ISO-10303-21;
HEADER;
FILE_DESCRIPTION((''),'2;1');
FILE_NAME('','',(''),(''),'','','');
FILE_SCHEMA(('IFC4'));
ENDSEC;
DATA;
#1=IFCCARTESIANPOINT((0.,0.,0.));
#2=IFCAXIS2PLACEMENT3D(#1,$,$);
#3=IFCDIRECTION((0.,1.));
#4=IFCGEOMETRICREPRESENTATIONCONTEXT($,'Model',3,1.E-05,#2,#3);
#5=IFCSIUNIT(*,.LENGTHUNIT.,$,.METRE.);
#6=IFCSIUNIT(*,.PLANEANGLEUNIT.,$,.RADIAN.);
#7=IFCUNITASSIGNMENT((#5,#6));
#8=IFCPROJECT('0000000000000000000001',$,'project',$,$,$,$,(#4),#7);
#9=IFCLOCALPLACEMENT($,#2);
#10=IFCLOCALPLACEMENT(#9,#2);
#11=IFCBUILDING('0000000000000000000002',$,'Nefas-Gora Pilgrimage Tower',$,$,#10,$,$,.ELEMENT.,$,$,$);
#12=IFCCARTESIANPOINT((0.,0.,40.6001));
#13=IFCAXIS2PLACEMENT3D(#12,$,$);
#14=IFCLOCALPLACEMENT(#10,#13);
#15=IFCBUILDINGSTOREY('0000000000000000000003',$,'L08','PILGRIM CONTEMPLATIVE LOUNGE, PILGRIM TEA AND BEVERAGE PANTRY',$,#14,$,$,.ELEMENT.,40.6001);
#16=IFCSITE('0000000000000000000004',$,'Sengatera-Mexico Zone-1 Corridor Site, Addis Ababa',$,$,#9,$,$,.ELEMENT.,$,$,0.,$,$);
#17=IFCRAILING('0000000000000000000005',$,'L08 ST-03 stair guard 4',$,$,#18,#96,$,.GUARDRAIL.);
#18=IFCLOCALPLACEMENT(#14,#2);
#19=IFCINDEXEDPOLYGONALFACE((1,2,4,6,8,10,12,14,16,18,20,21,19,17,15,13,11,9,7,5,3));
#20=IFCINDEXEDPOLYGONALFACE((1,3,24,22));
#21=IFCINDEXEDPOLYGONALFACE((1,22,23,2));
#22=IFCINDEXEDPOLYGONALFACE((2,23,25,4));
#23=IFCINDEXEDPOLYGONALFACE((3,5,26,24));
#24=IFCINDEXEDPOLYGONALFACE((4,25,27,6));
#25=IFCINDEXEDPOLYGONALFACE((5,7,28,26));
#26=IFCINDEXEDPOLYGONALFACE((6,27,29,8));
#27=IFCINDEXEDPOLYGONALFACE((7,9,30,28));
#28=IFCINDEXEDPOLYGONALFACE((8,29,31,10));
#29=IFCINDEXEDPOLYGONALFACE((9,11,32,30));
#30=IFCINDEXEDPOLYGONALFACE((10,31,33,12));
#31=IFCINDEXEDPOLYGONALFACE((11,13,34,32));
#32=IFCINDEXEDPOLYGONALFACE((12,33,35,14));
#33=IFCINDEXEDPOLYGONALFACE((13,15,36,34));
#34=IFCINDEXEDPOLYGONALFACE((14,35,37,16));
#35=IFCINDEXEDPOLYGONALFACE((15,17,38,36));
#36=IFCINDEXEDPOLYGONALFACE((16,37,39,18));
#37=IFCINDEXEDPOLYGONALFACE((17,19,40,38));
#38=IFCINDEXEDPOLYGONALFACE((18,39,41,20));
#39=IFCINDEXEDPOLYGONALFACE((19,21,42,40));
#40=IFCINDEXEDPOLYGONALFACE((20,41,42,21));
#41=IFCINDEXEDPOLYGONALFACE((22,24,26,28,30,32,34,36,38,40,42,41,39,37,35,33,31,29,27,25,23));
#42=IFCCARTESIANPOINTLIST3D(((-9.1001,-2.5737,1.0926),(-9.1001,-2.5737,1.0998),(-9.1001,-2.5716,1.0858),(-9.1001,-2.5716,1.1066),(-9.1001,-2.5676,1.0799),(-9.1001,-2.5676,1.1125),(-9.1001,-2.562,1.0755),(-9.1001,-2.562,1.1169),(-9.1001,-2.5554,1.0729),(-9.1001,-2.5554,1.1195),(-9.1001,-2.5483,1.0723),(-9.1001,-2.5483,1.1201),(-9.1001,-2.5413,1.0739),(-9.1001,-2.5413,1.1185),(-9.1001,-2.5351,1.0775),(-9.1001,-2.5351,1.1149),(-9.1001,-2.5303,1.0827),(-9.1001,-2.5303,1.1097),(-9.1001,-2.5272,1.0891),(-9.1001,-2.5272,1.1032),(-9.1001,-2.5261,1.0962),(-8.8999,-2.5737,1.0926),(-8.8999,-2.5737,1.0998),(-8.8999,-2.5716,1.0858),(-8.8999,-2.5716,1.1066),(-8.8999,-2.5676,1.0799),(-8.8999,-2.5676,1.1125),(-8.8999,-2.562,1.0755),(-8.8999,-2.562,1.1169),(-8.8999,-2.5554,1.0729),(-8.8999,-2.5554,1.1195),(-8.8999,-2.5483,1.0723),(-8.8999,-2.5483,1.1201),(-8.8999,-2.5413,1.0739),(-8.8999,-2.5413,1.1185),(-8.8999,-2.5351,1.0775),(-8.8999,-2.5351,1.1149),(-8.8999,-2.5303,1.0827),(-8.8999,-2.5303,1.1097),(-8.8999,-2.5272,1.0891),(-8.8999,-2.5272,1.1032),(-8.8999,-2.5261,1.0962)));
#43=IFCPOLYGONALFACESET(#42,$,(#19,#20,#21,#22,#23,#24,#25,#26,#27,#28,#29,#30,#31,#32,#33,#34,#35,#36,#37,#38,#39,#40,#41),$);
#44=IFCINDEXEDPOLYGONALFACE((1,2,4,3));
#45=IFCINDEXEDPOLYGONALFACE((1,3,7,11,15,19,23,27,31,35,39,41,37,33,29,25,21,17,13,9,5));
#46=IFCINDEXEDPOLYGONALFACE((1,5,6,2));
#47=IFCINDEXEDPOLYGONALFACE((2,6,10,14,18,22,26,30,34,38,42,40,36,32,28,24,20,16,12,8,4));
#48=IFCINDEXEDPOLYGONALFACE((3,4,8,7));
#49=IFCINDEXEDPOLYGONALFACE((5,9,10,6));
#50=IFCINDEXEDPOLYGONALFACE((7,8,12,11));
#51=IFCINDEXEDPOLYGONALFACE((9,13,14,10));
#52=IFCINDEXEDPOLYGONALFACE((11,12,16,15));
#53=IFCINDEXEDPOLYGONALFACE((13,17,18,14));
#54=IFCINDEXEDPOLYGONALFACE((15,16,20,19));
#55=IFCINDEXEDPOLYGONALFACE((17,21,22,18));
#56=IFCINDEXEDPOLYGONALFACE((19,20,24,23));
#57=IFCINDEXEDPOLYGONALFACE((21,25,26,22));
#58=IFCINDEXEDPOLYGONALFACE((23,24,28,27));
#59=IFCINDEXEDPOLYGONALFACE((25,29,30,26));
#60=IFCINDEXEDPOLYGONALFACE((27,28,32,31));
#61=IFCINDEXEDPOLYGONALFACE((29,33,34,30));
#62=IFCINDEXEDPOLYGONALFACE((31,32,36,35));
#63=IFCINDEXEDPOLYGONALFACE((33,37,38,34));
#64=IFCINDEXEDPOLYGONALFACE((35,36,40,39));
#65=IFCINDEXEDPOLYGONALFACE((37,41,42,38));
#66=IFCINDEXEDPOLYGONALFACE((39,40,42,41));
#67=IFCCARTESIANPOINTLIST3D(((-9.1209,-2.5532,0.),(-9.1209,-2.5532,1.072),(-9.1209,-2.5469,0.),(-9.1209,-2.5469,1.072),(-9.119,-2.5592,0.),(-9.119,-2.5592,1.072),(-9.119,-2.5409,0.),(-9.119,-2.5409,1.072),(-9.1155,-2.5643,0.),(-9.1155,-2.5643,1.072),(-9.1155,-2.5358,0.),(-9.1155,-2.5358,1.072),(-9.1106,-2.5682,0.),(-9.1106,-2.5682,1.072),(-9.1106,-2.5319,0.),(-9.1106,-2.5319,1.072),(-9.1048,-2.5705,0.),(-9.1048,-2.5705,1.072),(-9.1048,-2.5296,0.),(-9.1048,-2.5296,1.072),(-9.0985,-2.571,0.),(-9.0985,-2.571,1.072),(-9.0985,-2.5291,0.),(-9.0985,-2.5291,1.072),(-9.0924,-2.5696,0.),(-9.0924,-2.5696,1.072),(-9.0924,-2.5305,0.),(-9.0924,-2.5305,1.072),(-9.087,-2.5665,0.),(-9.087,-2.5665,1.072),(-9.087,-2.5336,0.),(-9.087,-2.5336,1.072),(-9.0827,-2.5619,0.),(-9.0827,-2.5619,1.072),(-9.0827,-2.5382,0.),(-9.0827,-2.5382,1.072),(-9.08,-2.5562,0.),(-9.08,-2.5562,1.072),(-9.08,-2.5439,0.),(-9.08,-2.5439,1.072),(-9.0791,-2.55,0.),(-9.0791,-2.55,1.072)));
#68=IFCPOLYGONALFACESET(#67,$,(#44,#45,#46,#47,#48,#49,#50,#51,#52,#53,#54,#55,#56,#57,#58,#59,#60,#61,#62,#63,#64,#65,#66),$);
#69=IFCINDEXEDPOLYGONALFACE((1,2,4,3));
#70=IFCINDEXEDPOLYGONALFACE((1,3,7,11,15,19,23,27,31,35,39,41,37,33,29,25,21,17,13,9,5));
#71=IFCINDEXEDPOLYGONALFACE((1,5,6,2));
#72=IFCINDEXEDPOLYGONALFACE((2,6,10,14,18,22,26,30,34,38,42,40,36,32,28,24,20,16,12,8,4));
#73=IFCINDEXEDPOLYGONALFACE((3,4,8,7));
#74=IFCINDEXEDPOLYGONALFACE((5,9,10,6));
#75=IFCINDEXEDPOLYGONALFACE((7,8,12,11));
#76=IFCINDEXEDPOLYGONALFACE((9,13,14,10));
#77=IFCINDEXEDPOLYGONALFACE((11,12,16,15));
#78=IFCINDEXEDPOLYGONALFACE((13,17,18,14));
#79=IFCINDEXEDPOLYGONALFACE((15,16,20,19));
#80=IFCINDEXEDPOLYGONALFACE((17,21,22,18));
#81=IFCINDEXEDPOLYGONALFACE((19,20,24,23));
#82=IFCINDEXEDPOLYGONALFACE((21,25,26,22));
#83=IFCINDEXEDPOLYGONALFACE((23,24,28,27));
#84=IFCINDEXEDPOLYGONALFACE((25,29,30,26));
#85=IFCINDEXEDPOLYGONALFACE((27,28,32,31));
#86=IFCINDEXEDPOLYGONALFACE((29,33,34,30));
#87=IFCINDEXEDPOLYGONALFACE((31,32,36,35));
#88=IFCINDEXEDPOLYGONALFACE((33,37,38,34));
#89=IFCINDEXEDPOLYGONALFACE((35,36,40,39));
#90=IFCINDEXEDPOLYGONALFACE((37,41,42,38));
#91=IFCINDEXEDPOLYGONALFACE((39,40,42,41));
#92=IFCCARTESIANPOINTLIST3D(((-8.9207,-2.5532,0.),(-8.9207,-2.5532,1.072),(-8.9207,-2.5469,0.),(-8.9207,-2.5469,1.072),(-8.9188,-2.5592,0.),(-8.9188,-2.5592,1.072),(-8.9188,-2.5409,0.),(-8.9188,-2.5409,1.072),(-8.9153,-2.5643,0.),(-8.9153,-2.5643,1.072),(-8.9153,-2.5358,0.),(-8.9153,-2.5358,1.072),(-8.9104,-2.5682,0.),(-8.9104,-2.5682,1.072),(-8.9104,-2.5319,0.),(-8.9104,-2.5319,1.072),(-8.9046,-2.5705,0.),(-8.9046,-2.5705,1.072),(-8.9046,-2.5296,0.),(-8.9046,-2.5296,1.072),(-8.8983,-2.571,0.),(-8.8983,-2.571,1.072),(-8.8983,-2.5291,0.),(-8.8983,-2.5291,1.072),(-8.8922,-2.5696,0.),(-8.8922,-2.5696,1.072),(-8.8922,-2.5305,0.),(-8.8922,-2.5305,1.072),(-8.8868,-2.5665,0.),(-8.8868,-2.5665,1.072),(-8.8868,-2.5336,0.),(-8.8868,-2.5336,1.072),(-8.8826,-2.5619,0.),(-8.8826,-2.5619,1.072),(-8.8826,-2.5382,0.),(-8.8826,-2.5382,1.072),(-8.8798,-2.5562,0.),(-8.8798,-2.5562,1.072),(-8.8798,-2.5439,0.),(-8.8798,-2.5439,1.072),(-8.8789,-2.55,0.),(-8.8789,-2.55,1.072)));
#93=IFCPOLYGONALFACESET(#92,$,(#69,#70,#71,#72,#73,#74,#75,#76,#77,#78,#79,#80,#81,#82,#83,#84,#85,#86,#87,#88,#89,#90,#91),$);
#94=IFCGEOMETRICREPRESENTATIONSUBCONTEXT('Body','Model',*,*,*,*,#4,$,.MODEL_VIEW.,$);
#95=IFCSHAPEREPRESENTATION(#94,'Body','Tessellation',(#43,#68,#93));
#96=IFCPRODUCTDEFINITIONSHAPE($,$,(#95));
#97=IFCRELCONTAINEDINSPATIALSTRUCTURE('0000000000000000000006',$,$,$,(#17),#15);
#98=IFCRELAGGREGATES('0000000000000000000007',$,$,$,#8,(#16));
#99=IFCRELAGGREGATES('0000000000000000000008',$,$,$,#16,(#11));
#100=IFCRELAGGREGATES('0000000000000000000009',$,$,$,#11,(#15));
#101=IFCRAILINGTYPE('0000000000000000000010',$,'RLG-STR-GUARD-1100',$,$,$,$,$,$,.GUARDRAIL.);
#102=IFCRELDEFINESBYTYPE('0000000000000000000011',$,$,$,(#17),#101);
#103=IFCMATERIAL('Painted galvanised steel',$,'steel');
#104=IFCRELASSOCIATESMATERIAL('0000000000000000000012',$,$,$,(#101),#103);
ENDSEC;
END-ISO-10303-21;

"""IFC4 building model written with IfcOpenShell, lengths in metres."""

from ifc_helpers import new_model, si_unit, direction, frame, origin, origin_2d, place, context, subcontext, project, spatial, circle, extrude, material, type_object, element, save


model = new_model("IFC4")

# Units and contexts
model_context = context("Model", 3, precision=1e-05, world=origin(), true_north=direction((0.0, 1.0)))
body_context = subcontext(model_context, "Body", "Model", "MODEL_VIEW")
ifc_project = project(units=[si_unit("LENGTHUNIT", "METRE"), si_unit("PLANEANGLEUNIT", "RADIAN")], contexts=[model_context])

# Site, building, storey
site_placement = place(None, origin())
site = spatial("IfcSite", under=ifc_project, at=site_placement, Name="Sengatera-Mexico Zone-1 Corridor Site, Addis Ababa", CompositionType="ELEMENT", RefElevation=0.0)
building_placement = place(site_placement, origin())
building = spatial("IfcBuilding", under=site, at=building_placement, Name="Nefas-Gora Pilgrimage Tower", CompositionType="ELEMENT")
storey_placement = place(building_placement, frame((0.0, 0.0, 40.6001)))
storey = spatial("IfcBuildingStorey", under=building, at=storey_placement, Name="L08", Description="PILGRIM CONTEMPLATIVE LOUNGE, PILGRIM TEA AND BEVERAGE PANTRY", CompositionType="ELEMENT", Elevation=40.6001)

# Railing
ifc_material_1 = material(Name="Painted galvanised steel", Category="steel")
railing_type_1 = type_object("IfcRailingType", Name="RLG-STR-GUARD-1100", PredefinedType="GUARDRAIL", material=ifc_material_1)
railing_1_placement = place(storey_placement, frame((-9.1001, -2.55, 0.0)))
element("IfcRailing", 1, at=railing_1_placement, inside=storey, type_object=railing_type_1, Name="L08 ST-03 stair guard 4", PredefinedType="GUARDRAIL", context=body_context, shape_type="SweptSolid", body=[
    extrude(circle(Radius=0.0239, at=origin_2d()), frame((0.0, 0.0, 1.0962), z_axis=(1.0, 0.0, 0.0), x_axis=(0.0, 1.0, 0.0)), (0.0, 0.0, 1.0), 0.2002),
    extrude(circle(Radius=0.021, at=origin_2d()), origin(), (0.0, 0.0, 1.0), 1.072),
    extrude(circle(Radius=0.021, at=origin_2d()), frame((0.2002, 0.0, 0.0)), (0.0, 0.0, 1.0), 1.072),
])

save(model, "model.ifc")
